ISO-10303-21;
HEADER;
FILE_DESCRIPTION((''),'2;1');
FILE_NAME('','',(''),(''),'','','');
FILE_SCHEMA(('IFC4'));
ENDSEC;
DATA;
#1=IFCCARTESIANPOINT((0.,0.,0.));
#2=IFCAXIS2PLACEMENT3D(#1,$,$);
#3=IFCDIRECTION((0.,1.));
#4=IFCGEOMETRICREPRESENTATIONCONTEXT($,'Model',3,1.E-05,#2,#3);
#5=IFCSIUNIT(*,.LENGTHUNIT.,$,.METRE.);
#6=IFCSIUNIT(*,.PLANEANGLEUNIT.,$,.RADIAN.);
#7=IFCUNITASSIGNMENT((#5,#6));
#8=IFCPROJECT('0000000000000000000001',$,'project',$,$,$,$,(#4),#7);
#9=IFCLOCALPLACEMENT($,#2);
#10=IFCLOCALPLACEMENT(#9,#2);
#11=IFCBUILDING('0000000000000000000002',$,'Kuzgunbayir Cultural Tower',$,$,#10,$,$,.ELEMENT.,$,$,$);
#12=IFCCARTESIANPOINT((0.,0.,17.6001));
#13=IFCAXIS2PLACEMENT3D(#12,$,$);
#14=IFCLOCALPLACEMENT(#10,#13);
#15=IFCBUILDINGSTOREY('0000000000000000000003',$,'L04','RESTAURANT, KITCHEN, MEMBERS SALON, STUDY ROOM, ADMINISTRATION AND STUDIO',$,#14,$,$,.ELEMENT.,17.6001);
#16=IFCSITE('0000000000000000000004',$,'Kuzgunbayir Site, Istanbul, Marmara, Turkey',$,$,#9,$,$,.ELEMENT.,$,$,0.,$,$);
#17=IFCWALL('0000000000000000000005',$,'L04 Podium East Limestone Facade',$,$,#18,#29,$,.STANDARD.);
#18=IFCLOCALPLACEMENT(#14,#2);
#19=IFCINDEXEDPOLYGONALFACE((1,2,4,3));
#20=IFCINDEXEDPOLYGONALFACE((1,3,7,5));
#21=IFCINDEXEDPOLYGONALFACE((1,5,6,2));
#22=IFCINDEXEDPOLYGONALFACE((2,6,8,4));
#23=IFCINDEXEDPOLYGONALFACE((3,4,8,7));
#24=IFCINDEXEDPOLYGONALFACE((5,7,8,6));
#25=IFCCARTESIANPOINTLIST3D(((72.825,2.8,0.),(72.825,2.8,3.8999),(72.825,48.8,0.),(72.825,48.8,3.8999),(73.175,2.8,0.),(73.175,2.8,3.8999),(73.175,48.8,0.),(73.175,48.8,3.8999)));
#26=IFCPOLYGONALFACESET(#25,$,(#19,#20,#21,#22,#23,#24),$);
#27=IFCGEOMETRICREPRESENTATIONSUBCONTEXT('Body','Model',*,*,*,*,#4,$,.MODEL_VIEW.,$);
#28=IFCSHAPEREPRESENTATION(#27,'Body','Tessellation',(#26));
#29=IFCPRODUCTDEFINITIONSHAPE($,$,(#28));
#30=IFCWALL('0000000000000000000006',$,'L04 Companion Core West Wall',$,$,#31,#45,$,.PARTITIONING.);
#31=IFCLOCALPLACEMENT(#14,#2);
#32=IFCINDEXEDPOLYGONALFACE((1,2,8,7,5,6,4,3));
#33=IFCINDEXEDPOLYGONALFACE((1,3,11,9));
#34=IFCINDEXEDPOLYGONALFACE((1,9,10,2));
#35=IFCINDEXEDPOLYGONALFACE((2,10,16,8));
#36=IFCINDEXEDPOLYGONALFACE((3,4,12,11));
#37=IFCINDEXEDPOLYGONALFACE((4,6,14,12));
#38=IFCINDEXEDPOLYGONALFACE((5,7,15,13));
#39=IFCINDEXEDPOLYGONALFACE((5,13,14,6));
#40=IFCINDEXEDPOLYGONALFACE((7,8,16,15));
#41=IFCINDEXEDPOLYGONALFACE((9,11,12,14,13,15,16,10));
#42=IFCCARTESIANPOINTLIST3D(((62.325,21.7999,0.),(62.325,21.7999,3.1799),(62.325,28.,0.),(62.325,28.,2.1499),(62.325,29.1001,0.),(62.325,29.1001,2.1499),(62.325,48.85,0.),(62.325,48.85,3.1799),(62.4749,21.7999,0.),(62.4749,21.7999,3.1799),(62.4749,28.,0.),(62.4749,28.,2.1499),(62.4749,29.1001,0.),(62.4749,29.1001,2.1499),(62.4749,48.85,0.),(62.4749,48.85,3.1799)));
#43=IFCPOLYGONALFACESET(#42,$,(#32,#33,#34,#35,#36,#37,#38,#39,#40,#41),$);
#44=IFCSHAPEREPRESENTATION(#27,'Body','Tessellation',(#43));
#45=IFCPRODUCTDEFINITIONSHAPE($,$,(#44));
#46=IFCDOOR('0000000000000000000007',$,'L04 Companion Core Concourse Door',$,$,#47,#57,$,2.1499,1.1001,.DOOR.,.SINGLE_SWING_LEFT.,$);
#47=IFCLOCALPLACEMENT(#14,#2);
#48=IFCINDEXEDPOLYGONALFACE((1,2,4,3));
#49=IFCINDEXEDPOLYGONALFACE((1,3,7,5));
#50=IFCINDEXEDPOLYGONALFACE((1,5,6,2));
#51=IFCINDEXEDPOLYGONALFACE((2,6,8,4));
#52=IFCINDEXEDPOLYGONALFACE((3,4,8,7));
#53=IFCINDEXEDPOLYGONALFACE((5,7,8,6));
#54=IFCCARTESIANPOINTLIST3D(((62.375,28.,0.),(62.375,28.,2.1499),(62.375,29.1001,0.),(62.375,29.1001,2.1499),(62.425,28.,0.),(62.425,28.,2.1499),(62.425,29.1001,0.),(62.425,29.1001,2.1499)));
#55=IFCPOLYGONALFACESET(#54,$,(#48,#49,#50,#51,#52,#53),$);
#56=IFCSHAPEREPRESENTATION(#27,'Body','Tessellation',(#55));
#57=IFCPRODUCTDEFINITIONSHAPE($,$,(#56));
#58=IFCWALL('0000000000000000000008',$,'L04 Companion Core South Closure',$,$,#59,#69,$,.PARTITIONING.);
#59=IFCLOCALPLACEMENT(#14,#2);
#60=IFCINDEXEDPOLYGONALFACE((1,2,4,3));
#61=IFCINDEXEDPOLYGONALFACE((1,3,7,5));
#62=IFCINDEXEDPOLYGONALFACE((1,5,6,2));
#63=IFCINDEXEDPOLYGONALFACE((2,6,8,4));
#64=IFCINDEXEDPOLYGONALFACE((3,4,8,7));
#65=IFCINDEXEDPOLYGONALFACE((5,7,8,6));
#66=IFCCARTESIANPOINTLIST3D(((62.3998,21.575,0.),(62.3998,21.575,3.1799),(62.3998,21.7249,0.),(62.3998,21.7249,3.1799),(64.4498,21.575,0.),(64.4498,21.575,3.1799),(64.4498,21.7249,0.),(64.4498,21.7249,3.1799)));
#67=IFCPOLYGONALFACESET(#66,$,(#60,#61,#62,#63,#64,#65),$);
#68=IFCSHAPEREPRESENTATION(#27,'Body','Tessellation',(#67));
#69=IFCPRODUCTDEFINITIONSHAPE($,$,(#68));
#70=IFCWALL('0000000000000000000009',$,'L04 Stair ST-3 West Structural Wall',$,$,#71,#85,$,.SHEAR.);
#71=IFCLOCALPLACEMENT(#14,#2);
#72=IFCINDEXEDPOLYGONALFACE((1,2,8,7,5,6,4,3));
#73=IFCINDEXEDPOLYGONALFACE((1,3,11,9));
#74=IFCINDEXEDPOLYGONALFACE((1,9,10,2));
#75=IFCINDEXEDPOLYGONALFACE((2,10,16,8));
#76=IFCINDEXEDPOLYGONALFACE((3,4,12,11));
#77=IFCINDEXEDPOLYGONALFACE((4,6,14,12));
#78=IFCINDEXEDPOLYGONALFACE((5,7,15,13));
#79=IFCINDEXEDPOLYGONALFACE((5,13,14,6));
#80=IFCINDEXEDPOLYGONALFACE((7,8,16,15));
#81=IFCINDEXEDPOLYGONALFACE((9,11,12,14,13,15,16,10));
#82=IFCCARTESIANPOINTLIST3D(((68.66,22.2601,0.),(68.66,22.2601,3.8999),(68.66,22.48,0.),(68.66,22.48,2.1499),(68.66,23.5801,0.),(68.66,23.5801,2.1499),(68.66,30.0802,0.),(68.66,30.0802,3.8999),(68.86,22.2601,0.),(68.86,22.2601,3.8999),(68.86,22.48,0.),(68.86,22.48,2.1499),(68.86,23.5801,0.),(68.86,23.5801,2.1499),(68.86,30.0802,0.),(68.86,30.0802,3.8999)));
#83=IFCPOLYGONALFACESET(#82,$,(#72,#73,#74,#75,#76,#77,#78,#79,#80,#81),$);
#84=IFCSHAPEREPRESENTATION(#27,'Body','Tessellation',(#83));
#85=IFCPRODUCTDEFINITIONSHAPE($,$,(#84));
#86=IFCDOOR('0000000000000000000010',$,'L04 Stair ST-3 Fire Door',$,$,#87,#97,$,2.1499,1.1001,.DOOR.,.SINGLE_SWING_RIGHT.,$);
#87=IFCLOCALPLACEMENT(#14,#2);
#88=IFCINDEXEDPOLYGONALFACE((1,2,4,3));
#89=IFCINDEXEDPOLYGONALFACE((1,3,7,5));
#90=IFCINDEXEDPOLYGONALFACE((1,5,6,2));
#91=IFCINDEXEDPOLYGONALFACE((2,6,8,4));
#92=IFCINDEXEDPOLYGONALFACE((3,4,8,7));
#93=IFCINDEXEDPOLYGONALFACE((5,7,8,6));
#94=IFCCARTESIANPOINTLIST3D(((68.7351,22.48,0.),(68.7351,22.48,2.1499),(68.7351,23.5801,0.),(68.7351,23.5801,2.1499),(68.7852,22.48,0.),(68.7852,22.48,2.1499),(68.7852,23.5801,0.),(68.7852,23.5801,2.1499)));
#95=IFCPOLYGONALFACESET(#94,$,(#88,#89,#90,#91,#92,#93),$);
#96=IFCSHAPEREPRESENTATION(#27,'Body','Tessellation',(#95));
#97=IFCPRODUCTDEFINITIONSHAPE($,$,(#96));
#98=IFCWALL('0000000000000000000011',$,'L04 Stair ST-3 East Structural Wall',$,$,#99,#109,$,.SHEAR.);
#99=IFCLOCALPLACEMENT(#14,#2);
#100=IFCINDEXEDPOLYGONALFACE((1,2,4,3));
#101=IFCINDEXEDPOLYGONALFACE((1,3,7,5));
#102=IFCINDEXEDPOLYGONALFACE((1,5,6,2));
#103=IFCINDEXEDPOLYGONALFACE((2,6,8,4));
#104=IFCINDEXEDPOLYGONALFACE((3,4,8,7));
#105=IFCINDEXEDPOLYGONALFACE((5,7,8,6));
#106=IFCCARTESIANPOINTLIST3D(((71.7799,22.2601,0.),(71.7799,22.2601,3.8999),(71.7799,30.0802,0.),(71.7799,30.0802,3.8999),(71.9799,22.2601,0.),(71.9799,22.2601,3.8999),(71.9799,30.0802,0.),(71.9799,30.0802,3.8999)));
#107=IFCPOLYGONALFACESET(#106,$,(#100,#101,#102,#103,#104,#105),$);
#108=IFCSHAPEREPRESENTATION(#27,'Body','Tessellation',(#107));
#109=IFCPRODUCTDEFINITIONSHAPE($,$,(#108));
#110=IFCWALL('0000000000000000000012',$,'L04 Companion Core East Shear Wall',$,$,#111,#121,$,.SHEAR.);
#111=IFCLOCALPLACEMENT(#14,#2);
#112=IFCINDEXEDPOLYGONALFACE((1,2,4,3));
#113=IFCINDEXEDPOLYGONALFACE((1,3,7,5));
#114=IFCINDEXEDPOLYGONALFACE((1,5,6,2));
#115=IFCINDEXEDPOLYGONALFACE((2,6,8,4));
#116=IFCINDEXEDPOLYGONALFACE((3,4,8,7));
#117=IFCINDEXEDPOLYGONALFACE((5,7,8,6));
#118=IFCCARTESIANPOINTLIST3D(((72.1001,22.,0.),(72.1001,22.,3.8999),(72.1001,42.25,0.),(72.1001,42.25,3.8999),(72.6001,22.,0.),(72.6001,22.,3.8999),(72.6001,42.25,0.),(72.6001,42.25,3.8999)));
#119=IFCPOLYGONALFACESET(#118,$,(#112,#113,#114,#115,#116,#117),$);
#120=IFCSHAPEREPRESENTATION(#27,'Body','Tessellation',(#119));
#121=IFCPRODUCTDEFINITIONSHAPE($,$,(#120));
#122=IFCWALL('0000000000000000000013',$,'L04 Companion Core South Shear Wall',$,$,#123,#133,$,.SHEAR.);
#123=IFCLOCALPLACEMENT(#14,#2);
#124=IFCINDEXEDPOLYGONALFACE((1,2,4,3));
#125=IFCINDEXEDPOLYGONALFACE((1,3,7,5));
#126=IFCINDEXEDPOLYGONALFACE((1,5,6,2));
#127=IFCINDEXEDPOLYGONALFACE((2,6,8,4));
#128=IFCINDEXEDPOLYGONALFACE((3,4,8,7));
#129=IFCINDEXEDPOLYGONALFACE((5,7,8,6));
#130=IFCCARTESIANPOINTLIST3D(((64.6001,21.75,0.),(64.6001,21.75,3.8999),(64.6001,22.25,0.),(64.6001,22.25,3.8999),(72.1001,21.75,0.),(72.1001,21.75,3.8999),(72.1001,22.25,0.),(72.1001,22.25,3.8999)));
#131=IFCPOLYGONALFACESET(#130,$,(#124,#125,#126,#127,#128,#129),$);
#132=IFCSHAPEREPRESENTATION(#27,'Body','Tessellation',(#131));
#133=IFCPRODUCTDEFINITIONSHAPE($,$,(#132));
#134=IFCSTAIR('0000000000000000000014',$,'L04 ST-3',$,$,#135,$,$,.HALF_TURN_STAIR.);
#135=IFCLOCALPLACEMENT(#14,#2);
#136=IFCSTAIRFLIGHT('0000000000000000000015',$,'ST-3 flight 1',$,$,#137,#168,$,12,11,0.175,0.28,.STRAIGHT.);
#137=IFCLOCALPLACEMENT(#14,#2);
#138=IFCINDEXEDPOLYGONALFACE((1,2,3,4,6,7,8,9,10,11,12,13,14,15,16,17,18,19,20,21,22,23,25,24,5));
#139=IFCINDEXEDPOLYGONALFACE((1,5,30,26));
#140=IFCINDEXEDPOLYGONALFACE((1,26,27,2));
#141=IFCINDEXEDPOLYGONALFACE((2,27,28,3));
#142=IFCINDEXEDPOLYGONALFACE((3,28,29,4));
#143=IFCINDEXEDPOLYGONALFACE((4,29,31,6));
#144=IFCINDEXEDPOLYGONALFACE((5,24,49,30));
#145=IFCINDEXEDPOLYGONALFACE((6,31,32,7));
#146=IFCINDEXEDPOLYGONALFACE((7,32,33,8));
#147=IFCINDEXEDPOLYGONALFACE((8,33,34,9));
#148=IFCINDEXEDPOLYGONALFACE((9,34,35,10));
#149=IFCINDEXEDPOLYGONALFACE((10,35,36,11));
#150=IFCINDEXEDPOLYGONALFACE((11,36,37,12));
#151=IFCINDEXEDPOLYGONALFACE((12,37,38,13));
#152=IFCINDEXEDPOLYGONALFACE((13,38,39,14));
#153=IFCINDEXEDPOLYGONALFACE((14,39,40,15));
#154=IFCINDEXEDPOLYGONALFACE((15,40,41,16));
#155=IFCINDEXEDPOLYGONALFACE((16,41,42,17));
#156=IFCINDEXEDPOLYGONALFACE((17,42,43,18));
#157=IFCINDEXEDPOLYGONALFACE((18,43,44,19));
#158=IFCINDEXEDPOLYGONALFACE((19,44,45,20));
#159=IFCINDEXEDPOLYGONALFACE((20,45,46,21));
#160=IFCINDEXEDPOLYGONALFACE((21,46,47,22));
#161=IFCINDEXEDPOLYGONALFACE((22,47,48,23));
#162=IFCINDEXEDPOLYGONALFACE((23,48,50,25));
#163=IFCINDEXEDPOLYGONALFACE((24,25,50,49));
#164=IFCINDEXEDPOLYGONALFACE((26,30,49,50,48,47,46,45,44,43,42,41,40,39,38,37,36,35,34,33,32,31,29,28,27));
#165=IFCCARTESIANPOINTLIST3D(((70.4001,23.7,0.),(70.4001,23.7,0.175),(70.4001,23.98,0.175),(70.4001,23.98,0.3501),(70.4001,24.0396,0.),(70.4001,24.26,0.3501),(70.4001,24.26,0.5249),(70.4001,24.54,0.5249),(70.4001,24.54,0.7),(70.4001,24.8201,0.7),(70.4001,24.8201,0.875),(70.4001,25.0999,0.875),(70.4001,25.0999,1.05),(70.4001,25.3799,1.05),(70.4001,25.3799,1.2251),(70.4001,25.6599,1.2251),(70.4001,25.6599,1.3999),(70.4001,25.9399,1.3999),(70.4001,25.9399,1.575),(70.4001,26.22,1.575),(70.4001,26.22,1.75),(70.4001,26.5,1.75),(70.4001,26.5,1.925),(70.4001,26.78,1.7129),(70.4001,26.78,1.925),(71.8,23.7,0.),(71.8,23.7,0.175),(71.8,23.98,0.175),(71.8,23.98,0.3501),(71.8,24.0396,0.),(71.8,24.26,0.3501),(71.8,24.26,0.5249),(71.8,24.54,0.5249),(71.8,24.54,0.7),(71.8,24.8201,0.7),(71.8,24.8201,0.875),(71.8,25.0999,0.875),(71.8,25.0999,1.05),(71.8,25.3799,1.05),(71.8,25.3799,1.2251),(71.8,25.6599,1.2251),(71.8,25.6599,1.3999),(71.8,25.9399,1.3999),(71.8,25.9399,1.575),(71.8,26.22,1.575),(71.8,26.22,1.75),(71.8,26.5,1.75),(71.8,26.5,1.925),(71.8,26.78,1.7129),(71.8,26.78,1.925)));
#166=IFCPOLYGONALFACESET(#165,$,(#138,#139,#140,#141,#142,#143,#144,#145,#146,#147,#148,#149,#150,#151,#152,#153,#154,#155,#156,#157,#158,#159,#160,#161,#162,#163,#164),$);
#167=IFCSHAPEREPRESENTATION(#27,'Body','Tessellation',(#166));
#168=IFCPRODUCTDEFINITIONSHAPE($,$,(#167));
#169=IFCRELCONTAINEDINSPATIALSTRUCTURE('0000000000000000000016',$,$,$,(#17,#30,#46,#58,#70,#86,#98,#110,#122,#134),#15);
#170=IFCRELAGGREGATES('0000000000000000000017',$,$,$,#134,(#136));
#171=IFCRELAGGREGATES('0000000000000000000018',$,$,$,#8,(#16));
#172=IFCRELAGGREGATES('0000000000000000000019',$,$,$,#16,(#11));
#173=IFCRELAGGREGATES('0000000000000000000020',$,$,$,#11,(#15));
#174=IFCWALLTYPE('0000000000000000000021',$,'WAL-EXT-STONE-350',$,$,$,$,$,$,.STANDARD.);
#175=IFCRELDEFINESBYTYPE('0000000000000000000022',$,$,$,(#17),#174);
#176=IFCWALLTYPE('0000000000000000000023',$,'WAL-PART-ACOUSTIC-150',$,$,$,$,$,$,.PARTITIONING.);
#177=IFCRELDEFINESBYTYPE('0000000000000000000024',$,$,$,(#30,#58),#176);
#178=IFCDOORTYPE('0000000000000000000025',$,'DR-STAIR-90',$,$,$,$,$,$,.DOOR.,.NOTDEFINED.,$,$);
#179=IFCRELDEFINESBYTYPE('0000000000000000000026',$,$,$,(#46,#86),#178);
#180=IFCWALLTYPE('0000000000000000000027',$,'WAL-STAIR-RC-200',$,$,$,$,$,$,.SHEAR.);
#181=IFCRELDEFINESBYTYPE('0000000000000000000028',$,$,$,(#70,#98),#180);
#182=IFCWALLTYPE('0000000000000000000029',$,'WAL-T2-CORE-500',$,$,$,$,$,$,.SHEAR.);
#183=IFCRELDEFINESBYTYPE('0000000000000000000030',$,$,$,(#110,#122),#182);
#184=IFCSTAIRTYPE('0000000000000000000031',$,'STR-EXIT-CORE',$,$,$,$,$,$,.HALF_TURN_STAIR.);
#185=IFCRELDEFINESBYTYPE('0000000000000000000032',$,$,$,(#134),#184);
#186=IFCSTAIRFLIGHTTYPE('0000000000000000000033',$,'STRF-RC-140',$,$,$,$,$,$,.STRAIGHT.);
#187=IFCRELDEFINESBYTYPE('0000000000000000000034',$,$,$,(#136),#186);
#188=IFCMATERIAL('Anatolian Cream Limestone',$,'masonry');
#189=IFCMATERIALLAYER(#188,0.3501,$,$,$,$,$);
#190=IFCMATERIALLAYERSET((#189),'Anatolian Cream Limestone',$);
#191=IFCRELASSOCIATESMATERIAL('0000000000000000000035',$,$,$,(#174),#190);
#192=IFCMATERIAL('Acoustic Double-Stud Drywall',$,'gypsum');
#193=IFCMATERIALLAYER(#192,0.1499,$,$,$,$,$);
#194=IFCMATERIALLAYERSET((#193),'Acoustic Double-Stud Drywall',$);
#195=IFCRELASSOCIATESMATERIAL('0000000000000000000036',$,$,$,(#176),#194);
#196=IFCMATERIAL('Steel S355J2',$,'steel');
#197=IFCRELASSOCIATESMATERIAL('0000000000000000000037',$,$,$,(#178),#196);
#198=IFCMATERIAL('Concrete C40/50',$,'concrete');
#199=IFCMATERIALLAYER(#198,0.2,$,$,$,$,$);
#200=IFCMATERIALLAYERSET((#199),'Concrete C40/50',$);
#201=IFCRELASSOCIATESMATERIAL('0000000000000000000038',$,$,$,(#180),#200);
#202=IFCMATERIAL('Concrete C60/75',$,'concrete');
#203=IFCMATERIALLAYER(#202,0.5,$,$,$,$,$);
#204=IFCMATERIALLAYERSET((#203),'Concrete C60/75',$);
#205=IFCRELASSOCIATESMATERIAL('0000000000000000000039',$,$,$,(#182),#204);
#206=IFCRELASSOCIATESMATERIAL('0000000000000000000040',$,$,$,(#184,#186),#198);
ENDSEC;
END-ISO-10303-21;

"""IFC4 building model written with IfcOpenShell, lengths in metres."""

from ifc_helpers import new_model, si_unit, direction, frame, frame_2d, origin, place, context, subcontext, project, spatial, polyline, rectangle, outline, extrude, material, layer, layer_set, type_object, element, fill, aggregate, save


model = new_model("IFC4")

# Units and contexts
model_context = context("Model", 3, precision=1e-05, world=origin(), true_north=direction((0.0, 1.0)))
body_context = subcontext(model_context, "Body", "Model", "MODEL_VIEW")
ifc_project = project(units=[si_unit("LENGTHUNIT", "METRE"), si_unit("PLANEANGLEUNIT", "RADIAN")], contexts=[model_context])

# Site, building, storey
site_placement = place(None, origin())
site = spatial("IfcSite", under=ifc_project, at=site_placement, Name="Kuzgunbayir Site, Istanbul, Marmara, Turkey", CompositionType="ELEMENT", RefElevation=0.0)
building_placement = place(site_placement, origin())
building = spatial("IfcBuilding", under=site, at=building_placement, Name="Kuzgunbayir Cultural Tower", CompositionType="ELEMENT")
storey_placement = place(building_placement, frame((0.0, 0.0, 17.6001)))
storey = spatial("IfcBuildingStorey", under=building, at=storey_placement, Name="L04", Description="RESTAURANT, KITCHEN, MEMBERS SALON, STUDY ROOM, ADMINISTRATION AND STUDIO", CompositionType="ELEMENT", Elevation=17.6001)

# Shared definitions
ifc_material_1 = material(Name="Concrete C60/75", Category="concrete")

# Shared definitions
ifc_material_2 = material(Name="Steel S355J2", Category="steel")

# Wall
ifc_material_3 = material(Name="Anatolian Cream Limestone", Category="masonry")
ifc_layer_1 = layer(ifc_material_3, 0.3501)
ifc_layer_set_1 = layer_set([ifc_layer_1], Name="Anatolian Cream Limestone")
wall_type_1 = type_object("IfcWallType", Name="WAL-EXT-STONE-350", PredefinedType="STANDARD", material=ifc_layer_set_1)
wall_1_placement = place(storey_placement, frame((73.0, 2.8, 0.0), z_axis=(0.0, 0.0, 1.0), x_axis=(0.0, 1.0, 0.0)))
element("IfcWall", 1, at=wall_1_placement, inside=storey, type_object=wall_type_1, Name="L04 Podium East Limestone Facade", PredefinedType="STANDARD", context=body_context, shape_type="SweptSolid", body=[
    extrude(rectangle(XDim=46.0, YDim=0.3501, at=frame_2d((23.0, 0.0))), origin(), (0.0, 0.0, 1.0), 3.8999),
])

# Wall, opening, door
ifc_material_4 = material(Name="Acoustic Double-Stud Drywall", Category="gypsum")
ifc_layer_2 = layer(ifc_material_4, 0.1499)
ifc_layer_set_2 = layer_set([ifc_layer_2], Name="Acoustic Double-Stud Drywall")
wall_type_2 = type_object("IfcWallType", Name="WAL-PART-ACOUSTIC-150", PredefinedType="PARTITIONING", material=ifc_layer_set_2)
wall_2_placement = place(storey_placement, frame((62.3999, 21.8, 0.0), z_axis=(0.0, 0.0, 1.0), x_axis=(0.0, 1.0, 0.0)))
wall_2 = element("IfcWall", 2, at=wall_2_placement, inside=storey, type_object=wall_type_2, Name="L04 Companion Core West Wall", PredefinedType="PARTITIONING", context=body_context, shape_type="SweptSolid", body=[
    extrude(rectangle(XDim=27.05, YDim=0.1499, at=frame_2d((13.5249, 0.0))), origin(), (0.0, 0.0, 1.0), 3.1799),
])
opening_1_placement = place(wall_2_placement, frame((6.2, 0.0, 0.0)))
opening_1 = element("IfcOpeningElement", 3, at=opening_1_placement, cuts=wall_2, PredefinedType="OPENING", context=body_context, shape_type="SweptSolid", body=[
    extrude(rectangle(XDim=1.1001, YDim=2.1499, at=frame_2d((0.55, 1.075))), frame((0.0, 0.085, 0.0), z_axis=(0.0, -1.0, 0.0), x_axis=(1.0, 0.0, 0.0)), (0.0, 0.0, 1.0), 0.1699),
])
door_type = type_object("IfcDoorType", Name="DR-STAIR-90", OperationType="NOTDEFINED", PredefinedType="DOOR", material=ifc_material_2)
door_1_placement = place(opening_1_placement, origin())
door_1 = element("IfcDoor", 4, at=door_1_placement, inside=storey, type_object=door_type, Name="L04 Companion Core Concourse Door", OperationType="SINGLE_SWING_LEFT", OverallHeight=2.1499, OverallWidth=1.1001, PredefinedType="DOOR", context=body_context, shape_type="SweptSolid", body=[
    extrude(rectangle(XDim=1.1001, YDim=2.1499, at=frame_2d((0.55, 1.075))), frame((0.0, 0.0249, 0.0), z_axis=(0.0, -1.0, 0.0), x_axis=(1.0, 0.0, 0.0)), (0.0, 0.0, 1.0), 0.05),
])
fill(opening_1, door_1)

# Wall
wall_3_placement = place(storey_placement, frame((62.3999, 21.6499, 0.0), z_axis=(0.0, 0.0, 1.0), x_axis=(1.0, 0.0, 0.0)))
element("IfcWall", 5, at=wall_3_placement, inside=storey, type_object=wall_type_2, Name="L04 Companion Core South Closure", PredefinedType="PARTITIONING", context=body_context, shape_type="SweptSolid", body=[
    extrude(rectangle(XDim=2.05, YDim=0.1499, at=frame_2d((1.0249, 0.0))), origin(), (0.0, 0.0, 1.0), 3.1799),
])

# Wall, opening, door
ifc_material_5 = material(Name="Concrete C40/50", Category="concrete")
ifc_layer_3 = layer(ifc_material_5, 0.2)
ifc_layer_set_3 = layer_set([ifc_layer_3], Name="Concrete C40/50")
wall_type_3 = type_object("IfcWallType", Name="WAL-STAIR-RC-200", PredefinedType="SHEAR", material=ifc_layer_set_3)
wall_4_placement = place(storey_placement, frame((68.76, 22.26, 0.0), z_axis=(0.0, 0.0, 1.0), x_axis=(0.0, 1.0, 0.0)))
wall_4 = element("IfcWall", 6, at=wall_4_placement, inside=storey, type_object=wall_type_3, Name="L04 Stair ST-3 West Structural Wall", PredefinedType="SHEAR", context=body_context, shape_type="SweptSolid", body=[
    extrude(rectangle(XDim=7.8201, YDim=0.2, at=frame_2d((3.9102, 0.0))), origin(), (0.0, 0.0, 1.0), 3.8999),
])
opening_2_placement = place(wall_4_placement, frame((0.22, 0.0, 0.0)))
opening_2 = element("IfcOpeningElement", 7, at=opening_2_placement, cuts=wall_4, PredefinedType="OPENING", context=body_context, shape_type="SweptSolid", body=[
    extrude(rectangle(XDim=1.1001, YDim=2.1499, at=frame_2d((0.55, 1.075))), frame((0.0, 0.1099, 0.0), z_axis=(0.0, -1.0, 0.0), x_axis=(1.0, 0.0, 0.0)), (0.0, 0.0, 1.0), 0.22),
])
door_2_placement = place(opening_2_placement, origin())
door_2 = element("IfcDoor", 8, at=door_2_placement, inside=storey, type_object=door_type, Name="L04 Stair ST-3 Fire Door", OperationType="SINGLE_SWING_RIGHT", OverallHeight=2.1499, OverallWidth=1.1001, PredefinedType="DOOR", context=body_context, shape_type="SweptSolid", body=[
    extrude(rectangle(XDim=1.1001, YDim=2.1499, at=frame_2d((0.55, 1.075))), frame((0.0, 0.0249, 0.0), z_axis=(0.0, -1.0, 0.0), x_axis=(1.0, 0.0, 0.0)), (0.0, 0.0, 1.0), 0.05),
])
fill(opening_2, door_2)

# Walls
wall_5_placement = place(storey_placement, frame((71.8799, 22.26, 0.0), z_axis=(0.0, 0.0, 1.0), x_axis=(0.0, 1.0, 0.0)))
element("IfcWall", 9, at=wall_5_placement, inside=storey, type_object=wall_type_3, Name="L04 Stair ST-3 East Structural Wall", PredefinedType="SHEAR", context=body_context, shape_type="SweptSolid", body=[
    extrude(rectangle(XDim=7.8201, YDim=0.2, at=frame_2d((3.9102, 0.0))), origin(), (0.0, 0.0, 1.0), 3.8999),
])
ifc_layer_4 = layer(ifc_material_1, 0.5)
ifc_layer_set_4 = layer_set([ifc_layer_4], Name="Concrete C60/75")
wall_type_4 = type_object("IfcWallType", Name="WAL-T2-CORE-500", PredefinedType="SHEAR", material=ifc_layer_set_4)
wall_6_placement = place(storey_placement, frame((72.3501, 22.0, 0.0), z_axis=(0.0, 0.0, 1.0), x_axis=(0.0, 1.0, 0.0)))
element("IfcWall", 10, at=wall_6_placement, inside=storey, type_object=wall_type_4, Name="L04 Companion Core East Shear Wall", PredefinedType="SHEAR", context=body_context, shape_type="SweptSolid", body=[
    extrude(rectangle(XDim=20.25, YDim=0.5, at=frame_2d((10.125, 0.0))), origin(), (0.0, 0.0, 1.0), 3.8999),
])
wall_7_placement = place(storey_placement, frame((64.6001, 22.0, 0.0), z_axis=(0.0, 0.0, 1.0), x_axis=(1.0, 0.0, 0.0)))
element("IfcWall", 11, at=wall_7_placement, inside=storey, type_object=wall_type_4, Name="L04 Companion Core South Shear Wall", PredefinedType="SHEAR", context=body_context, shape_type="SweptSolid", body=[
    extrude(rectangle(XDim=7.5, YDim=0.5, at=frame_2d((3.75, 0.0))), origin(), (0.0, 0.0, 1.0), 3.8999),
])

# Stair, stair flight
stair_type = type_object("IfcStairType", Name="STR-EXIT-CORE", PredefinedType="HALF_TURN_STAIR", material=ifc_material_5)
stair_placement = place(storey_placement, origin())
stair = element("IfcStair", 12, at=stair_placement, inside=storey, type_object=stair_type, Name="L04 ST-3", PredefinedType="HALF_TURN_STAIR")
stair_flight_type = type_object("IfcStairFlightType", Name="STRF-RC-140", PredefinedType="STRAIGHT", material=ifc_material_5)
stair_flight_placement = place(storey_placement, frame((71.1001, 23.7, 0.0), z_axis=(0.0, 0.0, 1.0), x_axis=(0.0, 1.0, 0.0)))
stair_flight = element("IfcStairFlight", 13, at=stair_flight_placement, type_object=stair_flight_type, Name="ST-3 flight 1", NumberOfRisers=12, NumberOfTreads=11, PredefinedType="STRAIGHT", RiserHeight=0.175, TreadLength=0.28, context=body_context, shape_type="SweptSolid", body=[
    extrude(outline(polyline([(0.0, 0.0), (0.0, 0.175), (0.28, 0.175), (0.28, 0.3501), (0.5601, 0.3501), (0.5601, 0.5249), (0.8401, 0.5249), (0.8401, 0.7), (1.1201, 0.7), (1.1201, 0.875), (1.3999, 0.875), (1.3999, 1.05), (1.6799, 1.05), (1.6799, 1.2251), (1.96, 1.2251), (1.96, 1.3999), (2.24, 1.3999), (2.24, 1.575), (2.52, 1.575), (2.52, 1.75), (2.8, 1.75), (2.8, 1.925), (3.0801, 1.925), (3.0801, 2.1001), (3.0801, 1.7129), (0.3396, 0.0), (0.0, 0.0)])), frame((0.0, 0.7, 0.0), z_axis=(0.0, -1.0, 0.0), x_axis=(1.0, 0.0, 0.0)), (0.0, 0.0, 1.0), 1.3999),
])
aggregate(stair, [stair_flight])

save(model, "model.ifc")
